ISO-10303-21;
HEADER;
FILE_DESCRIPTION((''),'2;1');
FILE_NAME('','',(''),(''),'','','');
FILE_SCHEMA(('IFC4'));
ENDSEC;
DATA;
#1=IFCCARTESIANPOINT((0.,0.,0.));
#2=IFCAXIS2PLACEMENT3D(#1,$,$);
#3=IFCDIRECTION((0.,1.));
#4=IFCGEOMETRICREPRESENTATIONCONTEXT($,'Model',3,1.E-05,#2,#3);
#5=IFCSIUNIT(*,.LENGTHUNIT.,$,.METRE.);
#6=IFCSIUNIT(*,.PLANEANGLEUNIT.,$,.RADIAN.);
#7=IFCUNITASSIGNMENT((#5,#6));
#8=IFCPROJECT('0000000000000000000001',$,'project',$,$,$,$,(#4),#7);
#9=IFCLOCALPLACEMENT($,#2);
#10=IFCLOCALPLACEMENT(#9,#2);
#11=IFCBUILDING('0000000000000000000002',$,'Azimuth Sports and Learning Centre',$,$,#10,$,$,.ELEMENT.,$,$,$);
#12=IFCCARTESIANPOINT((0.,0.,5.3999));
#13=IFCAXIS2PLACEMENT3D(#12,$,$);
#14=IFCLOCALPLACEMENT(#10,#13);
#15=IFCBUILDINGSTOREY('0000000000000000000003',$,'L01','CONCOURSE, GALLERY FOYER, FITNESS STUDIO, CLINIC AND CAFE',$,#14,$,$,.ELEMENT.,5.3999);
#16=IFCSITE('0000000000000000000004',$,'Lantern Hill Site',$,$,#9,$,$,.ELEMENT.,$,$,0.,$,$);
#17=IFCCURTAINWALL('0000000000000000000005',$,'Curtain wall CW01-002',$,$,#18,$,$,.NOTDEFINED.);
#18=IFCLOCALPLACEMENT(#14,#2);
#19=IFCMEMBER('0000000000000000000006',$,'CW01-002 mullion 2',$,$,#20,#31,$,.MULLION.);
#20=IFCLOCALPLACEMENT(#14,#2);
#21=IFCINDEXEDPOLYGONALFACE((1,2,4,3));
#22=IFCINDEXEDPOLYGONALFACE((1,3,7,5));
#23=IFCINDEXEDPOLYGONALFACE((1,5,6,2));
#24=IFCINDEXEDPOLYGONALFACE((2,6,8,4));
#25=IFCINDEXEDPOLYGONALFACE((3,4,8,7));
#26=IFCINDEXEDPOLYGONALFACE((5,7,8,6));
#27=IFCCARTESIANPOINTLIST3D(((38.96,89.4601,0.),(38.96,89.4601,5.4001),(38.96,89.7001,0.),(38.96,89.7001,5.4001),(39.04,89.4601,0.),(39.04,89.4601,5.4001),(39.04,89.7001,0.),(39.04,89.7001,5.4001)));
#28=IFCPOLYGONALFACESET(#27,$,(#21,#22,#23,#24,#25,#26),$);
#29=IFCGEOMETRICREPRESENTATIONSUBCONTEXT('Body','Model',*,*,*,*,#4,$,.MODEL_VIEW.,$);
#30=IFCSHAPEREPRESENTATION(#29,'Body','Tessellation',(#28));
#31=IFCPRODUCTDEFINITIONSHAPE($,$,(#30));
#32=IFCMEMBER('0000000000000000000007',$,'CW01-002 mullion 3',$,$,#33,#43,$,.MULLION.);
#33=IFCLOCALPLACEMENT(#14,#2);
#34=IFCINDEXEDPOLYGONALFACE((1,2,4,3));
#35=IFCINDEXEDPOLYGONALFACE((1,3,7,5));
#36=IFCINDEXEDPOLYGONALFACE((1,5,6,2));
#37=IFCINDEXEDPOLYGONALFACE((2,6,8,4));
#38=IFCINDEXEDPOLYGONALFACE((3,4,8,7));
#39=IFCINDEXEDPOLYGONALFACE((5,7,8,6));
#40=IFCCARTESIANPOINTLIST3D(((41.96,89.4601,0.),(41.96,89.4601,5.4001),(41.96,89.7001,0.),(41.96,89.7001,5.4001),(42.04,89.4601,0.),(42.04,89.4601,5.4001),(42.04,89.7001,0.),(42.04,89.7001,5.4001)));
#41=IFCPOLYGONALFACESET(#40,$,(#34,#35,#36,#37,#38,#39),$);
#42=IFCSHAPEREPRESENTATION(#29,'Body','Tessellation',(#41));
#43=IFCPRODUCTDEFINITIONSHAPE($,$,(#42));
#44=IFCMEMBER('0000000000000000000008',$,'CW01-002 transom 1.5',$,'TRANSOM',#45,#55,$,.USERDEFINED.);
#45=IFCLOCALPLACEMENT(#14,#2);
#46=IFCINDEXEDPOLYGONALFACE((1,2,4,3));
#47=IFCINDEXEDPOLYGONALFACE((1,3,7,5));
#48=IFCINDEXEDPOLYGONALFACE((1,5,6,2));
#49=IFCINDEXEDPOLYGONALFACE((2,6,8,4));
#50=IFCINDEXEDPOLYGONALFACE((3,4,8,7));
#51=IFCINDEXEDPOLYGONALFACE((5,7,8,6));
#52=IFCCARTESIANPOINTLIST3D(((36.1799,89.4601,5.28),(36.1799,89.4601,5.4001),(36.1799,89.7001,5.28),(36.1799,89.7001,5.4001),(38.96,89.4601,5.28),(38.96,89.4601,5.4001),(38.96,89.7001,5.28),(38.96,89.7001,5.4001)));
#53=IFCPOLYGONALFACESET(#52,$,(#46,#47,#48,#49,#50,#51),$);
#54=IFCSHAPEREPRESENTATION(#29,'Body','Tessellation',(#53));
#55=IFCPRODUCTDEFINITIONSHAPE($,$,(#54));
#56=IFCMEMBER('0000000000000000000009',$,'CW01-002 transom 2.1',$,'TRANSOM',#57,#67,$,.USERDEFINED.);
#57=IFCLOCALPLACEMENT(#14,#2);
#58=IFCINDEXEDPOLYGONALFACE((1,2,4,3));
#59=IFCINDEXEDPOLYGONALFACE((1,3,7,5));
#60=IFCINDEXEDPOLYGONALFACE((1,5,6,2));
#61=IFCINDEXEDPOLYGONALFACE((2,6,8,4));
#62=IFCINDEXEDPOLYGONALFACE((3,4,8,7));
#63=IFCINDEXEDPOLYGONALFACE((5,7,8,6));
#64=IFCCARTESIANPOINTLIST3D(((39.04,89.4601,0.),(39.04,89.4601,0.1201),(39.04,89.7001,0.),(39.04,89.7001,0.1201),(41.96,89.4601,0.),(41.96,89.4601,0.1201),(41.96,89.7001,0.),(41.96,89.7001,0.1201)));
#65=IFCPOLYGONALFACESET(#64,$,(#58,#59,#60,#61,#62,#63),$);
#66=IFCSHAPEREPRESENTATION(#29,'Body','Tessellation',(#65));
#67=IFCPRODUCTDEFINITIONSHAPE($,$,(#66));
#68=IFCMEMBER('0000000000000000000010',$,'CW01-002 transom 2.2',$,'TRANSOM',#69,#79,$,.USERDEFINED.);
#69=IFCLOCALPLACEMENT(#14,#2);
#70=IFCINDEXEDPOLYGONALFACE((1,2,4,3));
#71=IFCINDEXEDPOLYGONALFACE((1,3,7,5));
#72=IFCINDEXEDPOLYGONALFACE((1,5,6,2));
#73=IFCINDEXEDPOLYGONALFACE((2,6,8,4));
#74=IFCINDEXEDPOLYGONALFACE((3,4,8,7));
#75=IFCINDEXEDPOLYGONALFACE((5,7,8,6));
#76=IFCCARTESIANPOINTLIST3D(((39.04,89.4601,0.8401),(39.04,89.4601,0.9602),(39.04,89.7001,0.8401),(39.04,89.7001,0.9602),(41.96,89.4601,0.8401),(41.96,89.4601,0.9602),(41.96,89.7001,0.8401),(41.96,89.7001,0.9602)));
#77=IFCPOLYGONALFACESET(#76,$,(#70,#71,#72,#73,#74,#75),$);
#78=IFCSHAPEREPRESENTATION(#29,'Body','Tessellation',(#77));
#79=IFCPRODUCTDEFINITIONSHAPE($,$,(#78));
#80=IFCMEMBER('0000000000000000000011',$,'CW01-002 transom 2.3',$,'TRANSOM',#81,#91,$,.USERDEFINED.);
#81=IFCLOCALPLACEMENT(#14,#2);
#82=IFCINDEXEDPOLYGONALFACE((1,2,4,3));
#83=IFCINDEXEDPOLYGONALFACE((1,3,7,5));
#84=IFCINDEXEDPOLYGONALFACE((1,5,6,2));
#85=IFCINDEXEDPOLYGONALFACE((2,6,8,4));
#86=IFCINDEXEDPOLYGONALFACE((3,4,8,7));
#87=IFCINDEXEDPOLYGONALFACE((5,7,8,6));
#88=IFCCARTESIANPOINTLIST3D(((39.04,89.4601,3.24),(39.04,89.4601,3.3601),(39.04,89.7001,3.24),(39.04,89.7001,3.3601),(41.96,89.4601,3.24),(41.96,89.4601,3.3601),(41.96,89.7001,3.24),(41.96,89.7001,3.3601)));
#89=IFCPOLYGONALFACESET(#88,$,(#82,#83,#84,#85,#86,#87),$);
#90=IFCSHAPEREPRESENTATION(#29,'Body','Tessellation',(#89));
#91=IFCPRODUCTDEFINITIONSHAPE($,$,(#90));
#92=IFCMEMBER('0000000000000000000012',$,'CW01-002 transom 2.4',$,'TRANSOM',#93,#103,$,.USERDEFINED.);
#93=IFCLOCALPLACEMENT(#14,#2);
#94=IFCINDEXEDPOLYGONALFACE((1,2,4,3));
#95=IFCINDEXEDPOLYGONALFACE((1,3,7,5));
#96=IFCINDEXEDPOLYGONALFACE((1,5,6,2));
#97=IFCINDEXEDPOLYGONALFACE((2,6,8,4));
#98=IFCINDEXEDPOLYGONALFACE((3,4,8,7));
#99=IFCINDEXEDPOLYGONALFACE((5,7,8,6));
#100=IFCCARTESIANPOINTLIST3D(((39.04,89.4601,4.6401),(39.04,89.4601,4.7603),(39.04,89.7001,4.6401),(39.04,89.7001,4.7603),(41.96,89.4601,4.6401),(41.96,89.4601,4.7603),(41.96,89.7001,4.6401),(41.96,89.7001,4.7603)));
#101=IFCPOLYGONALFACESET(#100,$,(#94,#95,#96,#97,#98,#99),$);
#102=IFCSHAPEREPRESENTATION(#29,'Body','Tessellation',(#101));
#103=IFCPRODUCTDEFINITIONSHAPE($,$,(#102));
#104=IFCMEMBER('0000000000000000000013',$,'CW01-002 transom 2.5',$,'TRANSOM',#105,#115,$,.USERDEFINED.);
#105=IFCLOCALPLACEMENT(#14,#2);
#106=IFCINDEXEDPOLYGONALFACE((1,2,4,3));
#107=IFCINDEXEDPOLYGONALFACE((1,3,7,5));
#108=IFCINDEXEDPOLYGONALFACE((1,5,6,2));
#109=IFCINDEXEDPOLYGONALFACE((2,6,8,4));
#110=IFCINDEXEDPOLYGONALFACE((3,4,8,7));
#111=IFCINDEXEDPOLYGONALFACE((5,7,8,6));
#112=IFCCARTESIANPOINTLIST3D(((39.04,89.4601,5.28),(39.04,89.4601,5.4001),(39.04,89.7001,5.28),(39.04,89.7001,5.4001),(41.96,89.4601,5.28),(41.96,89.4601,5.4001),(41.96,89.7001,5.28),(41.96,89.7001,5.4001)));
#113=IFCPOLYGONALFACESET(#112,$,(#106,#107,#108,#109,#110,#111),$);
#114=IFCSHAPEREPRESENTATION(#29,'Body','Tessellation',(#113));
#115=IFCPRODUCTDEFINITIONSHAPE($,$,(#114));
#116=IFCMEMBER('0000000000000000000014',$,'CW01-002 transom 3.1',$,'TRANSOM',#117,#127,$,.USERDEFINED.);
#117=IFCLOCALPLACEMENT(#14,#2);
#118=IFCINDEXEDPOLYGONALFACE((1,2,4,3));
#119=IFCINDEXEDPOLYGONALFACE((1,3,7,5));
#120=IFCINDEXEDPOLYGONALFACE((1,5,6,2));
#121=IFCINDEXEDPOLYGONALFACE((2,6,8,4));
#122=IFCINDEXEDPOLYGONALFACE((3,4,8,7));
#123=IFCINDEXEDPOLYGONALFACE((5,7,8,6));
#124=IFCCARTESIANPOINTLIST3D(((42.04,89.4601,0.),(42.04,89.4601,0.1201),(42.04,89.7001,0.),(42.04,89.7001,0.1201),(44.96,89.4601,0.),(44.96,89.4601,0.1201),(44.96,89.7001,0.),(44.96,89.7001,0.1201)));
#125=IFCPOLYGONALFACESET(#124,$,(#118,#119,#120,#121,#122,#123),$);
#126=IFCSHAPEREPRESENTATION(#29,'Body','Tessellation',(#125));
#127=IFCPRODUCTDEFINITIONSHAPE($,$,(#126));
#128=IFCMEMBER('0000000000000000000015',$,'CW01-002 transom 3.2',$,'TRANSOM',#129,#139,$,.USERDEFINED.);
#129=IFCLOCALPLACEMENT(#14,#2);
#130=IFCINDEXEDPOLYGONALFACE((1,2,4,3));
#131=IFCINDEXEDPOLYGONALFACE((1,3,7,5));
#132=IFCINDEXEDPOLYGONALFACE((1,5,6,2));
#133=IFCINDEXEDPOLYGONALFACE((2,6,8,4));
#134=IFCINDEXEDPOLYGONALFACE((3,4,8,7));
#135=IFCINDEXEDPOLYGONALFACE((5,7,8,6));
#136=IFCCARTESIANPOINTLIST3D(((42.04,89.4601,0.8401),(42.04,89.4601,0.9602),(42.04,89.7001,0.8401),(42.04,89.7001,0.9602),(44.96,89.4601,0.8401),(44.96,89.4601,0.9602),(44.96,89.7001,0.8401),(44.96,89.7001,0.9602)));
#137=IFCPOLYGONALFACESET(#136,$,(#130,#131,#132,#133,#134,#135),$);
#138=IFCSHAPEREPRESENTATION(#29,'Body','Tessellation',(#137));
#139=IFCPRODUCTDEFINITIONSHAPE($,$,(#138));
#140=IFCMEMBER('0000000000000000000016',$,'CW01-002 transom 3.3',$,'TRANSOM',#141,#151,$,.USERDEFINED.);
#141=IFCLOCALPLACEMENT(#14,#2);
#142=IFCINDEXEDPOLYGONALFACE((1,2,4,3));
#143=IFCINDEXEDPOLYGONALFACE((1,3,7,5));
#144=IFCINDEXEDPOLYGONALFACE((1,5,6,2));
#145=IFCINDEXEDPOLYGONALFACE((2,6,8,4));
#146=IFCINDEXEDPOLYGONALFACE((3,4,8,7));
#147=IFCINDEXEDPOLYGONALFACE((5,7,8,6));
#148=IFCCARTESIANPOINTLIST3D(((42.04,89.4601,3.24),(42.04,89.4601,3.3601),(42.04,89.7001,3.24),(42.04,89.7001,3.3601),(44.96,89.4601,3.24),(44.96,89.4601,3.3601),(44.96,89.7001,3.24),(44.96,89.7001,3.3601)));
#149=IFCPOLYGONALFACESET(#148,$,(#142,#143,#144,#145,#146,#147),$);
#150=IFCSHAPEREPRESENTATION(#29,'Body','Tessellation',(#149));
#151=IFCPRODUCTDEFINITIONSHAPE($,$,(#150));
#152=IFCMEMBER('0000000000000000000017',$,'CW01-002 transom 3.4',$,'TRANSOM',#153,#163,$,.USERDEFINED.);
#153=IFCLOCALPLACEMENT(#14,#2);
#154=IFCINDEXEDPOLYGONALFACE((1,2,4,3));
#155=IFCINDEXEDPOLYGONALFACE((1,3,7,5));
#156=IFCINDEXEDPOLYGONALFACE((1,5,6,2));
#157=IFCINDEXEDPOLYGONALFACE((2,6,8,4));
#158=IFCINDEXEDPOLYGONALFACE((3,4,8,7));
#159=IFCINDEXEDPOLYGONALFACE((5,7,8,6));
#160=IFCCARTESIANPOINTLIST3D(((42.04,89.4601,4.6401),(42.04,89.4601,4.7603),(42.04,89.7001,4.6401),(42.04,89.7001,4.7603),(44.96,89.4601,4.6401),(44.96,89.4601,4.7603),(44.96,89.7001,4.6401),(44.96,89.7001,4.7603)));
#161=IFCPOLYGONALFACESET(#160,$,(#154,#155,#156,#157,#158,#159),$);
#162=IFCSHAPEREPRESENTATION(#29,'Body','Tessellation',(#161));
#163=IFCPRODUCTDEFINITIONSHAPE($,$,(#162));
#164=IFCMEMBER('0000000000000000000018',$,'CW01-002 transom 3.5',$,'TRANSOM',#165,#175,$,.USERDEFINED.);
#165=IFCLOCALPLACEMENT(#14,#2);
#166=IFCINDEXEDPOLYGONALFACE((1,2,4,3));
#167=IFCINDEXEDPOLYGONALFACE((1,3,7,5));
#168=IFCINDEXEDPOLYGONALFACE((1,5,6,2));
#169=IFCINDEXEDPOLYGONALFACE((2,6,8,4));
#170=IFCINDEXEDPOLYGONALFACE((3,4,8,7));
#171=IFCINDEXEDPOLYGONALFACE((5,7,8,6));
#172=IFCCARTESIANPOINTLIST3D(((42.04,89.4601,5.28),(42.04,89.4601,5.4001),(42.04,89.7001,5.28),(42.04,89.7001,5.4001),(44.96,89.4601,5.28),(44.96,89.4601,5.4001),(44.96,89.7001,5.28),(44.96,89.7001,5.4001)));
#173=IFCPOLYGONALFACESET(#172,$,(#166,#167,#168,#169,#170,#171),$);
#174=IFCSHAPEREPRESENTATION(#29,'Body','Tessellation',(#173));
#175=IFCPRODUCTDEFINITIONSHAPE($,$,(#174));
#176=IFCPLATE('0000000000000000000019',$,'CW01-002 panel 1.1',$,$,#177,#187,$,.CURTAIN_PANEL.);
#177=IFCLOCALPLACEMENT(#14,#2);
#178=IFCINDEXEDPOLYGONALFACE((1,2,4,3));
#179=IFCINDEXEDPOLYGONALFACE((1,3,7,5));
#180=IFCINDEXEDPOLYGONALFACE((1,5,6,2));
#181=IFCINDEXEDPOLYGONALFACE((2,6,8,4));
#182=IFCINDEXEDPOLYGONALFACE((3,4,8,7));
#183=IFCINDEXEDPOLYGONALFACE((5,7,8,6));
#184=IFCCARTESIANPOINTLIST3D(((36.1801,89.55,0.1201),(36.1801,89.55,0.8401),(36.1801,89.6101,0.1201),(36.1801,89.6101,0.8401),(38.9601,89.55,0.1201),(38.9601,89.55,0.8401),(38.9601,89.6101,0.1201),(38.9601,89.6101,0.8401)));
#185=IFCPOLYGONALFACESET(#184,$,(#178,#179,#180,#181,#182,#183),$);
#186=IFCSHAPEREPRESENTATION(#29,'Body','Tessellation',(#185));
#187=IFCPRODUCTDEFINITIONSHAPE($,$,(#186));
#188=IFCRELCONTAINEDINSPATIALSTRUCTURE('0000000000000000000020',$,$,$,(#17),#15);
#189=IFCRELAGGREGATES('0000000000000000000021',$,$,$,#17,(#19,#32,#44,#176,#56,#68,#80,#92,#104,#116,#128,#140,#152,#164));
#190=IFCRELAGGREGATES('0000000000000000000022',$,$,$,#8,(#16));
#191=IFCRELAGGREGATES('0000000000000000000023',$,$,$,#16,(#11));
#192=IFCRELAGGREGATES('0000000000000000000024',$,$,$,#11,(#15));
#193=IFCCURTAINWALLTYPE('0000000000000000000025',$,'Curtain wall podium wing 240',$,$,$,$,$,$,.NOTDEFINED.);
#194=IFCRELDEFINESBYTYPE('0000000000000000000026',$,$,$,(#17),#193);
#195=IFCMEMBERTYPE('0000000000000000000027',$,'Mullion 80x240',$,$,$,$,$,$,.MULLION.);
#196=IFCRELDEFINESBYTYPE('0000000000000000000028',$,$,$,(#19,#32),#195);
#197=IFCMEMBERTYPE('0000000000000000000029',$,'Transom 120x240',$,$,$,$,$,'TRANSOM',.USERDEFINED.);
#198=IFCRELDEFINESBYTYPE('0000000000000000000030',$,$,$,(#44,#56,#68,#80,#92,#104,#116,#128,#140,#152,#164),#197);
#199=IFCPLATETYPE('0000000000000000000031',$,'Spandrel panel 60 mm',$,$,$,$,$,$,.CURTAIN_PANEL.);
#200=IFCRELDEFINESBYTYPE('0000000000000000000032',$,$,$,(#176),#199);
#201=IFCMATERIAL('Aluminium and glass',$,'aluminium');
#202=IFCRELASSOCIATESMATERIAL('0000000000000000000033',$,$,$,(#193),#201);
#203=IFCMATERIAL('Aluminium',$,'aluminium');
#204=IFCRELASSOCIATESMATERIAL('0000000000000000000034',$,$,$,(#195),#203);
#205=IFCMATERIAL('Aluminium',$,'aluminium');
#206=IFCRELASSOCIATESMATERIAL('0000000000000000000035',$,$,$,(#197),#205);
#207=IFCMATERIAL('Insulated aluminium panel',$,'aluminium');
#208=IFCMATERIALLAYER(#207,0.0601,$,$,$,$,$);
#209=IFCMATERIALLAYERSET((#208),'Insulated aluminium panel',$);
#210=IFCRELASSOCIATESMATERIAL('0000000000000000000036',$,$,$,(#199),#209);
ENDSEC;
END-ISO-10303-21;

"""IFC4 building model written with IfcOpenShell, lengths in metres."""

from ifc_helpers import new_model, si_unit, direction, frame, origin, origin_2d, place, context, subcontext, project, spatial, rectangle, extrude, material, layer, layer_set, material_profile, profile_set, type_object, element, aggregate, save


model = new_model("IFC4")

# Units and contexts
model_context = context("Model", 3, precision=1e-05, world=origin(), true_north=direction((0.0, 1.0)))
body_context = subcontext(model_context, "Body", "Model", "MODEL_VIEW")
ifc_project = project(units=[si_unit("LENGTHUNIT", "METRE"), si_unit("PLANEANGLEUNIT", "RADIAN")], contexts=[model_context])

# Site, building, storey
site_placement = place(None, origin())
site = spatial("IfcSite", under=ifc_project, at=site_placement, Name="Lantern Hill Site", CompositionType="ELEMENT", RefElevation=0.0)
building_placement = place(site_placement, origin())
building = spatial("IfcBuilding", under=site, at=building_placement, Name="Azimuth Sports and Learning Centre", CompositionType="ELEMENT")
storey_placement = place(building_placement, frame((0.0, 0.0, 5.3999)))
storey = spatial("IfcBuildingStorey", under=building, at=storey_placement, Name="L01", Description="CONCOURSE, GALLERY FOYER, FITNESS STUDIO, CLINIC AND CAFE", CompositionType="ELEMENT", Elevation=5.3999)

# Curtain wall, members, plate
ifc_material_1 = material(Name="Aluminium and glass", Category="aluminium")
curtain_wall_type = type_object("IfcCurtainWallType", Name="Curtain wall podium wing 240", PredefinedType="NOTDEFINED", material=ifc_material_1)
curtain_wall_placement = place(storey_placement, origin())
curtain_wall = element("IfcCurtainWall", 1, at=curtain_wall_placement, inside=storey, type_object=curtain_wall_type, Name="Curtain wall CW01-002", PredefinedType="NOTDEFINED")
ifc_material_2 = material(Name="Aluminium", Category="aluminium")
ifc_material_profile_1 = material_profile(ifc_material_2, rectangle(XDim=0.24, YDim=0.0801, at=origin_2d()), Name="Mullion 80x240")
ifc_profile_set_1 = profile_set([ifc_material_profile_1], Name="Aluminium")
member_type_1 = type_object("IfcMemberType", Name="Mullion 80x240", PredefinedType="MULLION", material=ifc_profile_set_1)
member_1_placement = place(storey_placement, frame((39.0, 89.5801, 0.0), z_axis=(0.0, 0.0, 1.0), x_axis=(0.0, 1.0, 0.0)))
member_1 = element("IfcMember", 2, at=member_1_placement, type_object=member_type_1, Name="CW01-002 mullion 2", PredefinedType="MULLION", context=body_context, shape_type="SweptSolid", body=[
    extrude(rectangle(XDim=0.24, YDim=0.0801, at=origin_2d()), origin(), (0.0, 0.0, 1.0), 5.4001),
])
member_2_placement = place(storey_placement, frame((42.0, 89.5801, 0.0), z_axis=(0.0, 0.0, 1.0), x_axis=(0.0, 1.0, 0.0)))
member_2 = element("IfcMember", 3, at=member_2_placement, type_object=member_type_1, Name="CW01-002 mullion 3", PredefinedType="MULLION", context=body_context, shape_type="SweptSolid", body=[
    extrude(rectangle(XDim=0.24, YDim=0.0801, at=origin_2d()), origin(), (0.0, 0.0, 1.0), 5.4001),
])
ifc_material_3 = material(Name="Aluminium", Category="aluminium")
ifc_material_profile_2 = material_profile(ifc_material_3, rectangle(XDim=0.24, YDim=0.1201, at=origin_2d()), Name="Transom 120x240")
ifc_profile_set_2 = profile_set([ifc_material_profile_2], Name="Aluminium")
member_type_2 = type_object("IfcMemberType", Name="Transom 120x240", ElementType="TRANSOM", PredefinedType="USERDEFINED", material=ifc_profile_set_2)
member_3_placement = place(storey_placement, frame((36.1799, 89.5801, 5.3401), z_axis=(1.0, 0.0, 0.0), x_axis=(0.0, 1.0, 0.0)))
member_3 = element("IfcMember", 4, at=member_3_placement, type_object=member_type_2, Name="CW01-002 transom 1.5", ObjectType="TRANSOM", PredefinedType="USERDEFINED", context=body_context, shape_type="SweptSolid", body=[
    extrude(rectangle(XDim=0.24, YDim=0.1201, at=origin_2d()), origin(), (0.0, 0.0, 1.0), 2.78),
])
member_4_placement = place(storey_placement, frame((39.04, 89.5801, 0.0601), z_axis=(1.0, 0.0, 0.0), x_axis=(0.0, 1.0, 0.0)))
member_4 = element("IfcMember", 5, at=member_4_placement, type_object=member_type_2, Name="CW01-002 transom 2.1", ObjectType="TRANSOM", PredefinedType="USERDEFINED", context=body_context, shape_type="SweptSolid", body=[
    extrude(rectangle(XDim=0.24, YDim=0.1201, at=origin_2d()), origin(), (0.0, 0.0, 1.0), 2.9199),
])
member_5_placement = place(storey_placement, frame((39.04, 89.5801, 0.9001), z_axis=(1.0, 0.0, 0.0), x_axis=(0.0, 1.0, 0.0)))
member_5 = element("IfcMember", 6, at=member_5_placement, type_object=member_type_2, Name="CW01-002 transom 2.2", ObjectType="TRANSOM", PredefinedType="USERDEFINED", context=body_context, shape_type="SweptSolid", body=[
    extrude(rectangle(XDim=0.24, YDim=0.1201, at=origin_2d()), origin(), (0.0, 0.0, 1.0), 2.9199),
])
member_6_placement = place(storey_placement, frame((39.04, 89.5801, 3.3), z_axis=(1.0, 0.0, 0.0), x_axis=(0.0, 1.0, 0.0)))
member_6 = element("IfcMember", 7, at=member_6_placement, type_object=member_type_2, Name="CW01-002 transom 2.3", ObjectType="TRANSOM", PredefinedType="USERDEFINED", context=body_context, shape_type="SweptSolid", body=[
    extrude(rectangle(XDim=0.24, YDim=0.1201, at=origin_2d()), origin(), (0.0, 0.0, 1.0), 2.9199),
])
member_7_placement = place(storey_placement, frame((39.04, 89.5801, 4.7002), z_axis=(1.0, 0.0, 0.0), x_axis=(0.0, 1.0, 0.0)))
member_7 = element("IfcMember", 8, at=member_7_placement, type_object=member_type_2, Name="CW01-002 transom 2.4", ObjectType="TRANSOM", PredefinedType="USERDEFINED", context=body_context, shape_type="SweptSolid", body=[
    extrude(rectangle(XDim=0.24, YDim=0.1201, at=origin_2d()), origin(), (0.0, 0.0, 1.0), 2.9199),
])
member_8_placement = place(storey_placement, frame((39.04, 89.5801, 5.3401), z_axis=(1.0, 0.0, 0.0), x_axis=(0.0, 1.0, 0.0)))
member_8 = element("IfcMember", 9, at=member_8_placement, type_object=member_type_2, Name="CW01-002 transom 2.5", ObjectType="TRANSOM", PredefinedType="USERDEFINED", context=body_context, shape_type="SweptSolid", body=[
    extrude(rectangle(XDim=0.24, YDim=0.1201, at=origin_2d()), origin(), (0.0, 0.0, 1.0), 2.9199),
])
member_9_placement = place(storey_placement, frame((42.04, 89.5801, 0.0601), z_axis=(1.0, 0.0, 0.0), x_axis=(0.0, 1.0, 0.0)))
member_9 = element("IfcMember", 10, at=member_9_placement, type_object=member_type_2, Name="CW01-002 transom 3.1", ObjectType="TRANSOM", PredefinedType="USERDEFINED", context=body_context, shape_type="SweptSolid", body=[
    extrude(rectangle(XDim=0.24, YDim=0.1201, at=origin_2d()), origin(), (0.0, 0.0, 1.0), 2.9199),
])
member_10_placement = place(storey_placement, frame((42.04, 89.5801, 0.9001), z_axis=(1.0, 0.0, 0.0), x_axis=(0.0, 1.0, 0.0)))
member_10 = element("IfcMember", 11, at=member_10_placement, type_object=member_type_2, Name="CW01-002 transom 3.2", ObjectType="TRANSOM", PredefinedType="USERDEFINED", context=body_context, shape_type="SweptSolid", body=[
    extrude(rectangle(XDim=0.24, YDim=0.1201, at=origin_2d()), origin(), (0.0, 0.0, 1.0), 2.9199),
])
member_11_placement = place(storey_placement, frame((42.04, 89.5801, 3.3), z_axis=(1.0, 0.0, 0.0), x_axis=(0.0, 1.0, 0.0)))
member_11 = element("IfcMember", 12, at=member_11_placement, type_object=member_type_2, Name="CW01-002 transom 3.3", ObjectType="TRANSOM", PredefinedType="USERDEFINED", context=body_context, shape_type="SweptSolid", body=[
    extrude(rectangle(XDim=0.24, YDim=0.1201, at=origin_2d()), origin(), (0.0, 0.0, 1.0), 2.9199),
])
member_12_placement = place(storey_placement, frame((42.04, 89.5801, 4.7002), z_axis=(1.0, 0.0, 0.0), x_axis=(0.0, 1.0, 0.0)))
member_12 = element("IfcMember", 13, at=member_12_placement, type_object=member_type_2, Name="CW01-002 transom 3.4", ObjectType="TRANSOM", PredefinedType="USERDEFINED", context=body_context, shape_type="SweptSolid", body=[
    extrude(rectangle(XDim=0.24, YDim=0.1201, at=origin_2d()), origin(), (0.0, 0.0, 1.0), 2.9199),
])
member_13_placement = place(storey_placement, frame((42.04, 89.5801, 5.3401), z_axis=(1.0, 0.0, 0.0), x_axis=(0.0, 1.0, 0.0)))
member_13 = element("IfcMember", 14, at=member_13_placement, type_object=member_type_2, Name="CW01-002 transom 3.5", ObjectType="TRANSOM", PredefinedType="USERDEFINED", context=body_context, shape_type="SweptSolid", body=[
    extrude(rectangle(XDim=0.24, YDim=0.1201, at=origin_2d()), origin(), (0.0, 0.0, 1.0), 2.9199),
])
ifc_material_4 = material(Name="Insulated aluminium panel", Category="aluminium")
ifc_layer_1 = layer(ifc_material_4, 0.0601)
ifc_layer_set_1 = layer_set([ifc_layer_1], Name="Insulated aluminium panel")
plate_type_1 = type_object("IfcPlateType", Name="Spandrel panel 60 mm", PredefinedType="CURTAIN_PANEL", material=ifc_layer_set_1)
plate_1_placement = place(storey_placement, frame((37.5701, 89.5801, 0.1201), z_axis=(0.0, 0.0, 1.0), x_axis=(1.0, 0.0, 0.0)))
plate_1 = element("IfcPlate", 15, at=plate_1_placement, type_object=plate_type_1, Name="CW01-002 panel 1.1", PredefinedType="CURTAIN_PANEL", context=body_context, shape_type="SweptSolid", body=[
    extrude(rectangle(XDim=2.78, YDim=0.0601, at=origin_2d()), origin(), (0.0, 0.0, 1.0), 0.72),
])
aggregate(curtain_wall, [member_1, member_2, member_3, plate_1, member_4, member_5, member_6, member_7, member_8, member_9, member_10, member_11, member_12, member_13])

save(model, "model.ifc")
